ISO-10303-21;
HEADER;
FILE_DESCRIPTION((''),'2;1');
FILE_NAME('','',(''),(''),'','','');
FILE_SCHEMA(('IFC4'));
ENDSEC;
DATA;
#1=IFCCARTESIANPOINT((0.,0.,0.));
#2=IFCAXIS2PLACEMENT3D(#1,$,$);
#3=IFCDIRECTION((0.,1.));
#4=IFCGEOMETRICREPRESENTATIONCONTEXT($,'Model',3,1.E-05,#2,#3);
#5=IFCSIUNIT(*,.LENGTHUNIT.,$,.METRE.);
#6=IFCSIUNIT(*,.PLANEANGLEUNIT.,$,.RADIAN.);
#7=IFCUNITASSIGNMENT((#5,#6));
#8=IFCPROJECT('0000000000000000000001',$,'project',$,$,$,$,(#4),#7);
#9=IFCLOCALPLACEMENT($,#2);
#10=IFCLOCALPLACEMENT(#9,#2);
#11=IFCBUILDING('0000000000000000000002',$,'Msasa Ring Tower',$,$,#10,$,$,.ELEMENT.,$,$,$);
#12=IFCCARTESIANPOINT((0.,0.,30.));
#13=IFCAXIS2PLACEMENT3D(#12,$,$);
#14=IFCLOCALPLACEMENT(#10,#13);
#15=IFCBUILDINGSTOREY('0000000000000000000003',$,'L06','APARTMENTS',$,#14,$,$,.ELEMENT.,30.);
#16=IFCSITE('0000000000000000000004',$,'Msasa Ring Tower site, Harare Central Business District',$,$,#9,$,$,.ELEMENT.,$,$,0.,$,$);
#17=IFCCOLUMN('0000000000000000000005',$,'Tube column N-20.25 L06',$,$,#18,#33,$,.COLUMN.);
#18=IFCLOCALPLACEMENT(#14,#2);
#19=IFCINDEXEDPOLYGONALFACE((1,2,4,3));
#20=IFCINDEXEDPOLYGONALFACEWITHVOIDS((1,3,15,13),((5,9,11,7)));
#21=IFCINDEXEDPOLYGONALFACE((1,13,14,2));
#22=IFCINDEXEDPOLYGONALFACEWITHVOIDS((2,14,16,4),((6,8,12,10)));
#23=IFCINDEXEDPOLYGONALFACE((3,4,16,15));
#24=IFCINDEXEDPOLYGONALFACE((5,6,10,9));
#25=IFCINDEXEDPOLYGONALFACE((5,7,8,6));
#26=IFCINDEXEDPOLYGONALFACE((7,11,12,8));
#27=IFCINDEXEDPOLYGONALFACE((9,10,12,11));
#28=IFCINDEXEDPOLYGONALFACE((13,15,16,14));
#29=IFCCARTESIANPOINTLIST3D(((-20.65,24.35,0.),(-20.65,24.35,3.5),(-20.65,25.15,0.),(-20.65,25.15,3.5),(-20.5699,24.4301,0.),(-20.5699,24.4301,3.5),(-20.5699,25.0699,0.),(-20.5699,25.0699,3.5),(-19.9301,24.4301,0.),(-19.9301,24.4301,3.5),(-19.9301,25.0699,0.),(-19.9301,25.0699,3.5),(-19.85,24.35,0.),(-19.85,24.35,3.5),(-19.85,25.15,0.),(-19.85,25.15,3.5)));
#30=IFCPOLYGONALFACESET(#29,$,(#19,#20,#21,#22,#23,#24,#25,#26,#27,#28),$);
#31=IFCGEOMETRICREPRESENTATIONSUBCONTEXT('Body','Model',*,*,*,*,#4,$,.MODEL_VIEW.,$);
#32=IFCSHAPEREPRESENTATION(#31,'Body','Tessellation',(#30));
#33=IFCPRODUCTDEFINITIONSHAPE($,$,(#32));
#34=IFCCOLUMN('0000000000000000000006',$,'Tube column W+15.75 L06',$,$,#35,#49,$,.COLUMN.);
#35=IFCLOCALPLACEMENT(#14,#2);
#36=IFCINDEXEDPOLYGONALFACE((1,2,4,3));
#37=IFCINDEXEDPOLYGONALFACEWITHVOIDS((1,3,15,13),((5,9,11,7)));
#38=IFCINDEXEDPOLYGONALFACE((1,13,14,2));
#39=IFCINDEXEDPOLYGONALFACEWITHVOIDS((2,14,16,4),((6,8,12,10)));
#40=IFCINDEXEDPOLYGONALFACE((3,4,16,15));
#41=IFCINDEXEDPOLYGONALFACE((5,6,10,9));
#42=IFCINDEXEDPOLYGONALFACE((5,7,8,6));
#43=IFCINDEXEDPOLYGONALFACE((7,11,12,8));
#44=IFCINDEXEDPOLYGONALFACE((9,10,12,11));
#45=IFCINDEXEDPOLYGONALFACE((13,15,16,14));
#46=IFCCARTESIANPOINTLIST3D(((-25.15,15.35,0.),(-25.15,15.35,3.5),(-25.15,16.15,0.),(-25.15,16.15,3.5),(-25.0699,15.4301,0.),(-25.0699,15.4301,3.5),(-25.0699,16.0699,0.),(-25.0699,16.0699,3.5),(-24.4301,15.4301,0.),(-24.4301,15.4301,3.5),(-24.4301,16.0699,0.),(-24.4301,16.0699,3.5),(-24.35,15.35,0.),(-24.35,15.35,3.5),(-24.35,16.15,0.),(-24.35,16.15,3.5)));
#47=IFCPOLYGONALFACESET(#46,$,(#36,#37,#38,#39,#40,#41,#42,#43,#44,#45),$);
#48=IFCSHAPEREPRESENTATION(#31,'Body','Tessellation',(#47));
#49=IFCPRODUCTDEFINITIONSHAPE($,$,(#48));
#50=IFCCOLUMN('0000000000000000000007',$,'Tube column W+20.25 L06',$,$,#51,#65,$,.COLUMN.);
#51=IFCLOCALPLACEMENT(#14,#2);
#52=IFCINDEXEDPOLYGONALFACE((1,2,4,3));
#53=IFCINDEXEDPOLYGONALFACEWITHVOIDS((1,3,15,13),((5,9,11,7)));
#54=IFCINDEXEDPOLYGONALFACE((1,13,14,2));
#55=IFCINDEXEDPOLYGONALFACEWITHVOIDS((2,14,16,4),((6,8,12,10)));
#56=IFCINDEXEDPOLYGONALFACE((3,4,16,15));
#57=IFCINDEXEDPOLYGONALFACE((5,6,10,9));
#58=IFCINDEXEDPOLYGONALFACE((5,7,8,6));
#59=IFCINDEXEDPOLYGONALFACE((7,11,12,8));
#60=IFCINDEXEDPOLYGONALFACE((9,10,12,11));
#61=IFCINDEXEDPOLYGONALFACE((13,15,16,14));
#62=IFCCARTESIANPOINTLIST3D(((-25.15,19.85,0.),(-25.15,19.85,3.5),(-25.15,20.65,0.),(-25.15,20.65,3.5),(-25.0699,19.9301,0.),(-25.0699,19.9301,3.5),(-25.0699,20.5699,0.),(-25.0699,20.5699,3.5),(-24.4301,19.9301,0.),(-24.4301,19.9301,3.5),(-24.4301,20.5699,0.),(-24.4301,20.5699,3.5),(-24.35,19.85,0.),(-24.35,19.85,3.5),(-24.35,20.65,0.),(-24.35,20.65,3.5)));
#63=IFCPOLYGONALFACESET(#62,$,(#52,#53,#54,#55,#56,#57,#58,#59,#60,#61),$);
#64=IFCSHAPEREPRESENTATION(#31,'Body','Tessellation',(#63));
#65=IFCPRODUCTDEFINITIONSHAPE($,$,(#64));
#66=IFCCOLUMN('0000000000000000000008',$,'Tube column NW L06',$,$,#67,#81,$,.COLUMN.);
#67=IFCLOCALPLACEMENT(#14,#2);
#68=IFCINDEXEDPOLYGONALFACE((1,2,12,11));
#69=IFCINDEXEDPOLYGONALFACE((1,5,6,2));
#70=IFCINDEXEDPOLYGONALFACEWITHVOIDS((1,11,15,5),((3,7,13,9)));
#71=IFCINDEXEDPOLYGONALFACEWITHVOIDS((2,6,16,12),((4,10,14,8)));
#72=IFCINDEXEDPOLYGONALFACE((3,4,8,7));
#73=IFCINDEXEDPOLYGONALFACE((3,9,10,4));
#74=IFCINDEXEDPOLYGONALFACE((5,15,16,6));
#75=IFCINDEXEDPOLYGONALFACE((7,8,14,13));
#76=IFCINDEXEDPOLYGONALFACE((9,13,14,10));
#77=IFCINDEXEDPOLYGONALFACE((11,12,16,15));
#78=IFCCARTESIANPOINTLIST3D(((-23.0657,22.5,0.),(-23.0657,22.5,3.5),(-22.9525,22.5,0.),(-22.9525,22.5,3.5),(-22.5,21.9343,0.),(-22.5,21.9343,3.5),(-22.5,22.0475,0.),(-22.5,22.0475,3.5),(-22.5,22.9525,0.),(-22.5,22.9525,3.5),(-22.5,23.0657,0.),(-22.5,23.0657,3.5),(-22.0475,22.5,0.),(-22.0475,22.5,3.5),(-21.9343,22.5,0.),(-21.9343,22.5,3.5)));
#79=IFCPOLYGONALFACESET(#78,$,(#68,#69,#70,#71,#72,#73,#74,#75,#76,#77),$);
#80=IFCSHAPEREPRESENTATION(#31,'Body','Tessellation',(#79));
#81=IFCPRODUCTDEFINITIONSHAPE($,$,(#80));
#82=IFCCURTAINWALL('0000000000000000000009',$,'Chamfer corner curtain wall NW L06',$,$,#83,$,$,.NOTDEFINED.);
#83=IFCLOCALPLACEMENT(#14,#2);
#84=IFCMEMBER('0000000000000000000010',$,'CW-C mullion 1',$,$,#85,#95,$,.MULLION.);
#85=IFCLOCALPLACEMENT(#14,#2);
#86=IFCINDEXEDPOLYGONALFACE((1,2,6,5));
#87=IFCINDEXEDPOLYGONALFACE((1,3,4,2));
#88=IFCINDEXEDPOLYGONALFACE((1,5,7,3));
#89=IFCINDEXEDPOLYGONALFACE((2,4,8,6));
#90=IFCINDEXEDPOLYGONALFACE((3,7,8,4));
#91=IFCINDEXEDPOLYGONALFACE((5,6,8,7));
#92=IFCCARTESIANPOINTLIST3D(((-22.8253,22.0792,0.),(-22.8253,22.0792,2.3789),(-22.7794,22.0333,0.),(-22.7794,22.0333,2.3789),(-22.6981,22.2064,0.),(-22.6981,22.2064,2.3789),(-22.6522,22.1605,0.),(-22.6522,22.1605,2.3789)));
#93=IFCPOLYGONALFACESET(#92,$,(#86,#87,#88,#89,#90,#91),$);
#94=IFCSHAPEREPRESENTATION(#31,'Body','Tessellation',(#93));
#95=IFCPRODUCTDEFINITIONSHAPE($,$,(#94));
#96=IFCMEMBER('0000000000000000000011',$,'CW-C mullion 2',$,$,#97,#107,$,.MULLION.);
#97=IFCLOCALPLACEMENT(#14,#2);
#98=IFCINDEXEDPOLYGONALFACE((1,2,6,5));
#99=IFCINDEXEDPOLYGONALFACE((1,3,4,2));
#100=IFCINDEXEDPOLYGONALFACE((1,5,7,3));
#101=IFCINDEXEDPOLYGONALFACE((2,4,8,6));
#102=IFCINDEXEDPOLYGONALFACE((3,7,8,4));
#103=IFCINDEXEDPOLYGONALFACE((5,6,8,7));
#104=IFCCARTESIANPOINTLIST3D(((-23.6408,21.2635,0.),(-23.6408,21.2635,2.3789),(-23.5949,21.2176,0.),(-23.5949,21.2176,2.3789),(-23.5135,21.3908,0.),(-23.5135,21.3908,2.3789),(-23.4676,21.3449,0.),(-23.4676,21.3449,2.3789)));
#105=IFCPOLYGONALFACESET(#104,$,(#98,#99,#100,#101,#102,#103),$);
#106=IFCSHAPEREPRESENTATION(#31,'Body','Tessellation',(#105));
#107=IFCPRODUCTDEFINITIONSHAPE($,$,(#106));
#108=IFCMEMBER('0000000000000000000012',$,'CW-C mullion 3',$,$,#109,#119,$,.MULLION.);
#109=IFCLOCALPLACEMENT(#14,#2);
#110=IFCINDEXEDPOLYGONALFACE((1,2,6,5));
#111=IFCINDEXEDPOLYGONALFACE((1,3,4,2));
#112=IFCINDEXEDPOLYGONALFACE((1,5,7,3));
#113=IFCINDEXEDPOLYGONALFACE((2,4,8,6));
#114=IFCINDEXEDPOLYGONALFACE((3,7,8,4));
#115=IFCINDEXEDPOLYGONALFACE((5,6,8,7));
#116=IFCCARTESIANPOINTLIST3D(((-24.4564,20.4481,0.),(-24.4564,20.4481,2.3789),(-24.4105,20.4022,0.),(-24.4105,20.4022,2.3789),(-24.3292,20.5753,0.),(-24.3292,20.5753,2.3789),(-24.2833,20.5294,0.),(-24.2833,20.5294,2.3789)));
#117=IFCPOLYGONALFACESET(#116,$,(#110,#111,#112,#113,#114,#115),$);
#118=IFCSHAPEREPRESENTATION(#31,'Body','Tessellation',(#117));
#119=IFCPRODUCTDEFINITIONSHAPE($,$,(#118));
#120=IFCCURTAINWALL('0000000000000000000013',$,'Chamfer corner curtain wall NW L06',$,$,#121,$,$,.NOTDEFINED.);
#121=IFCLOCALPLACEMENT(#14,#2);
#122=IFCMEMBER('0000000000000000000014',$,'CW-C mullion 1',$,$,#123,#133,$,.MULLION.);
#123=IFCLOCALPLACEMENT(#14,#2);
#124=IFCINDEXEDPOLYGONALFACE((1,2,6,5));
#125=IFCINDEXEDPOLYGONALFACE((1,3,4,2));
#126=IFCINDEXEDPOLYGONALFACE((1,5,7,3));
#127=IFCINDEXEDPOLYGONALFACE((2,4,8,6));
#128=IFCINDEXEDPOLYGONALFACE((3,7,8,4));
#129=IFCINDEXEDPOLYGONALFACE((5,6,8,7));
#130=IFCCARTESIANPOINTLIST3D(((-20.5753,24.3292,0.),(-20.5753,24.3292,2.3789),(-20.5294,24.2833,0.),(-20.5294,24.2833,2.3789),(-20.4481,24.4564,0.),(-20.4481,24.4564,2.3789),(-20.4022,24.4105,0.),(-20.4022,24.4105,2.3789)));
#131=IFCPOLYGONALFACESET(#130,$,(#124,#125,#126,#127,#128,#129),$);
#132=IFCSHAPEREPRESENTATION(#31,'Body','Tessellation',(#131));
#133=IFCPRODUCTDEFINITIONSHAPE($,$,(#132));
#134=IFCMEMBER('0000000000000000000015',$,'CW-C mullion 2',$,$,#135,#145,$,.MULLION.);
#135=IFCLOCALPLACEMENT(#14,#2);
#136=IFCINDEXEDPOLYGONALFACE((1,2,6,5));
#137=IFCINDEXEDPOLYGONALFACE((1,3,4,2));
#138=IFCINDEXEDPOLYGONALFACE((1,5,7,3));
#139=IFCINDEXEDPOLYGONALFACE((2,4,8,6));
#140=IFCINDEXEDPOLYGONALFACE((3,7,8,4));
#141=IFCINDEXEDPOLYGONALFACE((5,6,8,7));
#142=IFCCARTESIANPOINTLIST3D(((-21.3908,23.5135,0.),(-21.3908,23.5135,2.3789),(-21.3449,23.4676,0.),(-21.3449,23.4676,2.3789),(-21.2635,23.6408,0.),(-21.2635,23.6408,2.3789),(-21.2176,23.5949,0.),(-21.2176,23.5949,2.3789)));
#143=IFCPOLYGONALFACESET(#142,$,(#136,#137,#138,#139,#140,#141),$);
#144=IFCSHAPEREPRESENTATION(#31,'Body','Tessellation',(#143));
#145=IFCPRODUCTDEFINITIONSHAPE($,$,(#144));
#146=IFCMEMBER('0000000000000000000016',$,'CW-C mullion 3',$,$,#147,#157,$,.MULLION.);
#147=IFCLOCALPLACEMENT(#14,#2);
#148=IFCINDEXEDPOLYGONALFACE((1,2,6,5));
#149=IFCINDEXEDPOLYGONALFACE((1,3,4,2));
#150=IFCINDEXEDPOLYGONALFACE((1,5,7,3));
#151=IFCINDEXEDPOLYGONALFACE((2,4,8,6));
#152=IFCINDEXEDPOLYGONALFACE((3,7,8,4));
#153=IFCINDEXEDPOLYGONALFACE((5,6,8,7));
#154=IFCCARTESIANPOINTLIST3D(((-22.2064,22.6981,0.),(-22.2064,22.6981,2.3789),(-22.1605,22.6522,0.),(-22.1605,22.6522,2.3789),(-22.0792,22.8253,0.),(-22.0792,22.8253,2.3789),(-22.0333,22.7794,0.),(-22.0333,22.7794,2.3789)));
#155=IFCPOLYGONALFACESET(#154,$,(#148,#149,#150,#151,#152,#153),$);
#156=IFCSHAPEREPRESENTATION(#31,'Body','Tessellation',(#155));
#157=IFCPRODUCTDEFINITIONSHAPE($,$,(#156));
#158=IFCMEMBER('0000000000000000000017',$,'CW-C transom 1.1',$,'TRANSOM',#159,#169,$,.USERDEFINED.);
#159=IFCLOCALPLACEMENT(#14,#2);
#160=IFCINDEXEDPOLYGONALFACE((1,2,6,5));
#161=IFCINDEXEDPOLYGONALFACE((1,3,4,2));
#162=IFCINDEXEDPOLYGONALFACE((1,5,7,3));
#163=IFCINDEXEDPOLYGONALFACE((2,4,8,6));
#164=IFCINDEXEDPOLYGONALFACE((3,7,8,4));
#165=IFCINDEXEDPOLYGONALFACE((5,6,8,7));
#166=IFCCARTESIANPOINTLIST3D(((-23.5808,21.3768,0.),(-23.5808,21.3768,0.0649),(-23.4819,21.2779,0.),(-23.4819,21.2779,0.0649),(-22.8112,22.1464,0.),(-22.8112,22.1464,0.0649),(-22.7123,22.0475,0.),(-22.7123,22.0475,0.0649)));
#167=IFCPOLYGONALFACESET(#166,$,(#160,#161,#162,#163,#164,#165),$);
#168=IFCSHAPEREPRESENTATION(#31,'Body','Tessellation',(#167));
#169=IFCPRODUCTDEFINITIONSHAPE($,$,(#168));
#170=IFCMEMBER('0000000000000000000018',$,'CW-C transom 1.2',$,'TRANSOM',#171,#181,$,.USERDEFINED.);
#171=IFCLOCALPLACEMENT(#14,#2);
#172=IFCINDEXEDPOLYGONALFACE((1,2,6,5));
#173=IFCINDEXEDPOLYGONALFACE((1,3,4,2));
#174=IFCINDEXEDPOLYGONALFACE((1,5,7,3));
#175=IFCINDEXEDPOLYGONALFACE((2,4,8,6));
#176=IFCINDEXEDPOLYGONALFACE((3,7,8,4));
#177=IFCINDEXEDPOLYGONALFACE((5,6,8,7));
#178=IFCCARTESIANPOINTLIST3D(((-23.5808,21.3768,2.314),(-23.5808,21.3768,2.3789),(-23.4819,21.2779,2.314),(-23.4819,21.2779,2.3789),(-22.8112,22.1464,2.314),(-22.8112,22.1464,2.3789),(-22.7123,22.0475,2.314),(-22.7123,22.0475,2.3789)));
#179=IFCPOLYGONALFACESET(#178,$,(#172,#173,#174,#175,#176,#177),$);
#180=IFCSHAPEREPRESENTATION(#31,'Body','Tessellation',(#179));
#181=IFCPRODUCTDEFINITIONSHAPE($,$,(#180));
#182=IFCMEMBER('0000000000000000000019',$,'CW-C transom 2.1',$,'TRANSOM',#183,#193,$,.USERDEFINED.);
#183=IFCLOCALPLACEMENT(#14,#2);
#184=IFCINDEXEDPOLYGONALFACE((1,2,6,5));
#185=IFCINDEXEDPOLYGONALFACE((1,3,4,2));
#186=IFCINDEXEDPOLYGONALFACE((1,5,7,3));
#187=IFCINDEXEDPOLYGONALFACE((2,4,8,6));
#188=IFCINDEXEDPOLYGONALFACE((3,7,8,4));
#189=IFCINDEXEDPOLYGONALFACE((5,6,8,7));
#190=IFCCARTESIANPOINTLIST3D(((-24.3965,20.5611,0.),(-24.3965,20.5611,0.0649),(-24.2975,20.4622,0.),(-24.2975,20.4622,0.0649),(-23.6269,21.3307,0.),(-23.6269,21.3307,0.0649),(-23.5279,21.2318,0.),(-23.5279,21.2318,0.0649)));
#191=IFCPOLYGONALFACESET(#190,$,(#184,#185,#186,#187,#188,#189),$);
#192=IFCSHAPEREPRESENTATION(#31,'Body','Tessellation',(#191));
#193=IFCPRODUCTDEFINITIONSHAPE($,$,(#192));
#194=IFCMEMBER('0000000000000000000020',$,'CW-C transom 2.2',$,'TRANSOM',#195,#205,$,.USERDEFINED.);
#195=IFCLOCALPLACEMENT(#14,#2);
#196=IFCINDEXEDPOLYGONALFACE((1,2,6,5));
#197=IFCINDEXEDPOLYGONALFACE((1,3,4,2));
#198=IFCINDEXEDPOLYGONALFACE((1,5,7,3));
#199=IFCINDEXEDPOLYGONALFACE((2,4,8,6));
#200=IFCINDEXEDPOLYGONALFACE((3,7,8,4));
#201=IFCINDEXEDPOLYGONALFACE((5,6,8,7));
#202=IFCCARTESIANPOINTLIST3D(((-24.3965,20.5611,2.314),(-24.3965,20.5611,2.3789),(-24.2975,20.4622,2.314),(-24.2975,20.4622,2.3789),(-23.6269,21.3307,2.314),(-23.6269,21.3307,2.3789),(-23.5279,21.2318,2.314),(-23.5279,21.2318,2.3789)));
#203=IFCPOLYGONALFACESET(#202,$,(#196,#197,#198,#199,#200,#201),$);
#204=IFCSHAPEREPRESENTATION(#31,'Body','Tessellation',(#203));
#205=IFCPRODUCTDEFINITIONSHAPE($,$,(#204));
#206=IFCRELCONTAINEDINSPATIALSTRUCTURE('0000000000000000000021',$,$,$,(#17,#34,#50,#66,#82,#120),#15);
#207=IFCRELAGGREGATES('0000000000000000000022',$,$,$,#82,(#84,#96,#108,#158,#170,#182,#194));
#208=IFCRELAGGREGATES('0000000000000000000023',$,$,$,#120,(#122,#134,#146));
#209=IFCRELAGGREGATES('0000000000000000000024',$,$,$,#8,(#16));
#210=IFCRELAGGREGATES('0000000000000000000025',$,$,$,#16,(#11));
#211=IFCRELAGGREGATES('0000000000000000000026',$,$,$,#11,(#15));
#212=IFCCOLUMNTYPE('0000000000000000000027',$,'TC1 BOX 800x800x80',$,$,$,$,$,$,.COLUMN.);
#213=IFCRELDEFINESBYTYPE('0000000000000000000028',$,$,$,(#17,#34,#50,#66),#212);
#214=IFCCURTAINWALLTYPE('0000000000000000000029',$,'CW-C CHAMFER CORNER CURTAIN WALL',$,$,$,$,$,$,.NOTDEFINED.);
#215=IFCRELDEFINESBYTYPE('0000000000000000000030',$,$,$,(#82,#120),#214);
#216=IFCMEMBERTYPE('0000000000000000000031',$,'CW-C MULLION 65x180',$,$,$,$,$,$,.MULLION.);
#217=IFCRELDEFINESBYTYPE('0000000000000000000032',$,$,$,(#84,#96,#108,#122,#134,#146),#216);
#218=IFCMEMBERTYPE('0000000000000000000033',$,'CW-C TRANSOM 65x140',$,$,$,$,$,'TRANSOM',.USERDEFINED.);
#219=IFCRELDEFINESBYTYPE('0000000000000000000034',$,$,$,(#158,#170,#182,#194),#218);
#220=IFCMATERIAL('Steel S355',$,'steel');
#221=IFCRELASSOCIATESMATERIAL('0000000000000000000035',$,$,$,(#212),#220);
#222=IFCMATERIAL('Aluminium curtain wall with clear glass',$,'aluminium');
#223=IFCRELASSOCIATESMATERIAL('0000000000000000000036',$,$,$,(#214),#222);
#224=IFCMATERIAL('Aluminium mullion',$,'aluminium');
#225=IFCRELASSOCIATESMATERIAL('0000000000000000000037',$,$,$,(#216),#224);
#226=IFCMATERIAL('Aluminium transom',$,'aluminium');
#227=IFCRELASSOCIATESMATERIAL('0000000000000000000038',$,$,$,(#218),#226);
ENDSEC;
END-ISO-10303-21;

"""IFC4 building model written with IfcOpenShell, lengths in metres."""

from ifc_helpers import new_model, si_unit, direction, frame, origin, origin_2d, place, context, subcontext, project, spatial, rectangle, hollow_rectangle, extrude, material, material_profile, profile_set, type_object, element, aggregate, save


model = new_model("IFC4")

# Units and contexts
model_context = context("Model", 3, precision=1e-05, world=origin(), true_north=direction((0.0, 1.0)))
body_context = subcontext(model_context, "Body", "Model", "MODEL_VIEW")
ifc_project = project(units=[si_unit("LENGTHUNIT", "METRE"), si_unit("PLANEANGLEUNIT", "RADIAN")], contexts=[model_context])

# Site, building, storey
site_placement = place(None, origin())
site = spatial("IfcSite", under=ifc_project, at=site_placement, Name="Msasa Ring Tower site, Harare Central Business District", CompositionType="ELEMENT", RefElevation=0.0)
building_placement = place(site_placement, origin())
building = spatial("IfcBuilding", under=site, at=building_placement, Name="Msasa Ring Tower", CompositionType="ELEMENT")
storey_placement = place(building_placement, frame((0.0, 0.0, 30.0)))
storey = spatial("IfcBuildingStorey", under=building, at=storey_placement, Name="L06", Description="APARTMENTS", CompositionType="ELEMENT", Elevation=30.0)

# Columns
ifc_material_1 = material(Name="Steel S355", Category="steel")
ifc_material_profile_1 = material_profile(ifc_material_1, hollow_rectangle(XDim=0.8, YDim=0.8, WallThickness=0.0801, at=origin_2d()), Name="BOX 800x800x80")
ifc_profile_set_1 = profile_set([ifc_material_profile_1], Name="Steel S355")
column_type = type_object("IfcColumnType", Name="TC1 BOX 800x800x80", PredefinedType="COLUMN", material=ifc_profile_set_1)
for number, where, z_axis, x_axis, name in (
    (1, (-20.25, 24.75, 0.0), (0.0, 0.0, 1.0), (0.0, 1.0, 0.0), "Tube column N-20.25 L06"),
    (2, (-24.75, 15.75, 0.0), (0.0, 0.0, 1.0), (1.0, 0.0, 0.0), "Tube column W+15.75 L06"),
    (3, (-24.75, 20.25, 0.0), (0.0, 0.0, 1.0), (1.0, 0.0, 0.0), "Tube column W+20.25 L06"),
    (4, (-22.5, 22.5, 0.0), (0.0, 0.0, 1.0), (0.707107, -0.707107, 0.0), "Tube column NW L06"),
):
    element("IfcColumn", number, at=place(storey_placement, frame(where, z_axis=z_axis, x_axis=x_axis)), inside=storey, type_object=column_type, Name=name, PredefinedType="COLUMN", context=body_context, shape_type="SweptSolid", body=[
        extrude(hollow_rectangle(XDim=0.8, YDim=0.8, WallThickness=0.0801, at=origin_2d()), origin(), (0.0, 0.0, 1.0), 3.5),
    ])

# Curtain walls, members
ifc_material_2 = material(Name="Aluminium curtain wall with clear glass", Category="aluminium")
curtain_wall_type = type_object("IfcCurtainWallType", Name="CW-C CHAMFER CORNER CURTAIN WALL", PredefinedType="NOTDEFINED", material=ifc_material_2)
curtain_wall_1_placement = place(storey_placement, origin())
curtain_wall_1 = element("IfcCurtainWall", 5, at=curtain_wall_1_placement, inside=storey, type_object=curtain_wall_type, Name="Chamfer corner curtain wall NW L06", PredefinedType="NOTDEFINED")
ifc_material_3 = material(Name="Aluminium mullion", Category="aluminium")
ifc_material_profile_2 = material_profile(ifc_material_3, rectangle(XDim=0.0649, YDim=0.1799, at=origin_2d()), Name="AL 65x180")
ifc_profile_set_2 = profile_set([ifc_material_profile_2], Name="Aluminium mullion")
member_type_1 = type_object("IfcMemberType", Name="CW-C MULLION 65x180", PredefinedType="MULLION", material=ifc_profile_set_2)
member_1_placement = place(storey_placement, frame((-22.7388, 22.1199, 0.0), z_axis=(0.0, 0.0, 1.0), x_axis=(0.707107, -0.707107, 0.0)))
member_1 = element("IfcMember", 6, at=member_1_placement, type_object=member_type_1, Name="CW-C mullion 1", PredefinedType="MULLION", context=body_context, shape_type="SweptSolid", body=[
    extrude(rectangle(XDim=0.0649, YDim=0.1799, at=origin_2d()), origin(), (0.0, 0.0, 1.0), 2.3789),
])
member_2_placement = place(storey_placement, frame((-23.5542, 21.3042, 0.0), z_axis=(0.0, 0.0, 1.0), x_axis=(0.707107, -0.707107, 0.0)))
member_2 = element("IfcMember", 7, at=member_2_placement, type_object=member_type_1, Name="CW-C mullion 2", PredefinedType="MULLION", context=body_context, shape_type="SweptSolid", body=[
    extrude(rectangle(XDim=0.0649, YDim=0.1799, at=origin_2d()), origin(), (0.0, 0.0, 1.0), 2.3789),
])
member_3_placement = place(storey_placement, frame((-24.3699, 20.4888, 0.0), z_axis=(0.0, 0.0, 1.0), x_axis=(0.707107, -0.707107, 0.0)))
member_3 = element("IfcMember", 8, at=member_3_placement, type_object=member_type_1, Name="CW-C mullion 3", PredefinedType="MULLION", context=body_context, shape_type="SweptSolid", body=[
    extrude(rectangle(XDim=0.0649, YDim=0.1799, at=origin_2d()), origin(), (0.0, 0.0, 1.0), 2.3789),
])
curtain_wall_2_placement = place(storey_placement, origin())
curtain_wall_2 = element("IfcCurtainWall", 9, at=curtain_wall_2_placement, inside=storey, type_object=curtain_wall_type, Name="Chamfer corner curtain wall NW L06", PredefinedType="NOTDEFINED")
member_4_placement = place(storey_placement, frame((-20.4888, 24.3699, 0.0), z_axis=(0.0, 0.0, 1.0), x_axis=(0.707107, -0.707107, 0.0)))
member_4 = element("IfcMember", 10, at=member_4_placement, type_object=member_type_1, Name="CW-C mullion 1", PredefinedType="MULLION", context=body_context, shape_type="SweptSolid", body=[
    extrude(rectangle(XDim=0.0649, YDim=0.1799, at=origin_2d()), origin(), (0.0, 0.0, 1.0), 2.3789),
])
member_5_placement = place(storey_placement, frame((-21.3042, 23.5542, 0.0), z_axis=(0.0, 0.0, 1.0), x_axis=(0.707107, -0.707107, 0.0)))
member_5 = element("IfcMember", 11, at=member_5_placement, type_object=member_type_1, Name="CW-C mullion 2", PredefinedType="MULLION", context=body_context, shape_type="SweptSolid", body=[
    extrude(rectangle(XDim=0.0649, YDim=0.1799, at=origin_2d()), origin(), (0.0, 0.0, 1.0), 2.3789),
])
member_6_placement = place(storey_placement, frame((-22.1199, 22.7388, 0.0), z_axis=(0.0, 0.0, 1.0), x_axis=(0.707107, -0.707107, 0.0)))
member_6 = element("IfcMember", 12, at=member_6_placement, type_object=member_type_1, Name="CW-C mullion 3", PredefinedType="MULLION", context=body_context, shape_type="SweptSolid", body=[
    extrude(rectangle(XDim=0.0649, YDim=0.1799, at=origin_2d()), origin(), (0.0, 0.0, 1.0), 2.3789),
])

# Members
ifc_material_4 = material(Name="Aluminium transom", Category="aluminium")
ifc_material_profile_3 = material_profile(ifc_material_4, rectangle(XDim=0.1399, YDim=0.0649, at=origin_2d()), Name="AL 65x140")
ifc_profile_set_3 = profile_set([ifc_material_profile_3], Name="Aluminium transom")
member_type_2 = type_object("IfcMemberType", Name="CW-C TRANSOM 65x140", ElementType="TRANSOM", PredefinedType="USERDEFINED", material=ifc_profile_set_3)
member_7_placement = place(storey_placement, frame((-22.7617, 22.0969, 0.0325), z_axis=(-0.707107, -0.707107, 0.0), x_axis=(0.707107, -0.707107, 0.0)))
member_7 = element("IfcMember", 13, at=member_7_placement, type_object=member_type_2, Name="CW-C transom 1.1", ObjectType="TRANSOM", PredefinedType="USERDEFINED", context=body_context, shape_type="SweptSolid", body=[
    extrude(rectangle(XDim=0.1399, YDim=0.0649, at=origin_2d()), origin(), (0.0, 0.0, 1.0), 1.0884),
])
member_8_placement = place(storey_placement, frame((-22.7617, 22.0969, 2.3464), z_axis=(-0.707107, -0.707107, 0.0), x_axis=(0.707107, -0.707107, 0.0)))
member_8 = element("IfcMember", 14, at=member_8_placement, type_object=member_type_2, Name="CW-C transom 1.2", ObjectType="TRANSOM", PredefinedType="USERDEFINED", context=body_context, shape_type="SweptSolid", body=[
    extrude(rectangle(XDim=0.1399, YDim=0.0649, at=origin_2d()), origin(), (0.0, 0.0, 1.0), 1.0884),
])
member_9_placement = place(storey_placement, frame((-23.5774, 21.2812, 0.0325), z_axis=(-0.707107, -0.707107, 0.0), x_axis=(0.707107, -0.707107, 0.0)))
member_9 = element("IfcMember", 15, at=member_9_placement, type_object=member_type_2, Name="CW-C transom 2.1", ObjectType="TRANSOM", PredefinedType="USERDEFINED", context=body_context, shape_type="SweptSolid", body=[
    extrude(rectangle(XDim=0.1399, YDim=0.0649, at=origin_2d()), origin(), (0.0, 0.0, 1.0), 1.0884),
])
member_10_placement = place(storey_placement, frame((-23.5774, 21.2812, 2.3464), z_axis=(-0.707107, -0.707107, 0.0), x_axis=(0.707107, -0.707107, 0.0)))
member_10 = element("IfcMember", 16, at=member_10_placement, type_object=member_type_2, Name="CW-C transom 2.2", ObjectType="TRANSOM", PredefinedType="USERDEFINED", context=body_context, shape_type="SweptSolid", body=[
    extrude(rectangle(XDim=0.1399, YDim=0.0649, at=origin_2d()), origin(), (0.0, 0.0, 1.0), 1.0884),
])

aggregate(curtain_wall_1, [member_1, member_2, member_3, member_7, member_8, member_9, member_10])
aggregate(curtain_wall_2, [member_4, member_5, member_6])

save(model, "model.ifc")
